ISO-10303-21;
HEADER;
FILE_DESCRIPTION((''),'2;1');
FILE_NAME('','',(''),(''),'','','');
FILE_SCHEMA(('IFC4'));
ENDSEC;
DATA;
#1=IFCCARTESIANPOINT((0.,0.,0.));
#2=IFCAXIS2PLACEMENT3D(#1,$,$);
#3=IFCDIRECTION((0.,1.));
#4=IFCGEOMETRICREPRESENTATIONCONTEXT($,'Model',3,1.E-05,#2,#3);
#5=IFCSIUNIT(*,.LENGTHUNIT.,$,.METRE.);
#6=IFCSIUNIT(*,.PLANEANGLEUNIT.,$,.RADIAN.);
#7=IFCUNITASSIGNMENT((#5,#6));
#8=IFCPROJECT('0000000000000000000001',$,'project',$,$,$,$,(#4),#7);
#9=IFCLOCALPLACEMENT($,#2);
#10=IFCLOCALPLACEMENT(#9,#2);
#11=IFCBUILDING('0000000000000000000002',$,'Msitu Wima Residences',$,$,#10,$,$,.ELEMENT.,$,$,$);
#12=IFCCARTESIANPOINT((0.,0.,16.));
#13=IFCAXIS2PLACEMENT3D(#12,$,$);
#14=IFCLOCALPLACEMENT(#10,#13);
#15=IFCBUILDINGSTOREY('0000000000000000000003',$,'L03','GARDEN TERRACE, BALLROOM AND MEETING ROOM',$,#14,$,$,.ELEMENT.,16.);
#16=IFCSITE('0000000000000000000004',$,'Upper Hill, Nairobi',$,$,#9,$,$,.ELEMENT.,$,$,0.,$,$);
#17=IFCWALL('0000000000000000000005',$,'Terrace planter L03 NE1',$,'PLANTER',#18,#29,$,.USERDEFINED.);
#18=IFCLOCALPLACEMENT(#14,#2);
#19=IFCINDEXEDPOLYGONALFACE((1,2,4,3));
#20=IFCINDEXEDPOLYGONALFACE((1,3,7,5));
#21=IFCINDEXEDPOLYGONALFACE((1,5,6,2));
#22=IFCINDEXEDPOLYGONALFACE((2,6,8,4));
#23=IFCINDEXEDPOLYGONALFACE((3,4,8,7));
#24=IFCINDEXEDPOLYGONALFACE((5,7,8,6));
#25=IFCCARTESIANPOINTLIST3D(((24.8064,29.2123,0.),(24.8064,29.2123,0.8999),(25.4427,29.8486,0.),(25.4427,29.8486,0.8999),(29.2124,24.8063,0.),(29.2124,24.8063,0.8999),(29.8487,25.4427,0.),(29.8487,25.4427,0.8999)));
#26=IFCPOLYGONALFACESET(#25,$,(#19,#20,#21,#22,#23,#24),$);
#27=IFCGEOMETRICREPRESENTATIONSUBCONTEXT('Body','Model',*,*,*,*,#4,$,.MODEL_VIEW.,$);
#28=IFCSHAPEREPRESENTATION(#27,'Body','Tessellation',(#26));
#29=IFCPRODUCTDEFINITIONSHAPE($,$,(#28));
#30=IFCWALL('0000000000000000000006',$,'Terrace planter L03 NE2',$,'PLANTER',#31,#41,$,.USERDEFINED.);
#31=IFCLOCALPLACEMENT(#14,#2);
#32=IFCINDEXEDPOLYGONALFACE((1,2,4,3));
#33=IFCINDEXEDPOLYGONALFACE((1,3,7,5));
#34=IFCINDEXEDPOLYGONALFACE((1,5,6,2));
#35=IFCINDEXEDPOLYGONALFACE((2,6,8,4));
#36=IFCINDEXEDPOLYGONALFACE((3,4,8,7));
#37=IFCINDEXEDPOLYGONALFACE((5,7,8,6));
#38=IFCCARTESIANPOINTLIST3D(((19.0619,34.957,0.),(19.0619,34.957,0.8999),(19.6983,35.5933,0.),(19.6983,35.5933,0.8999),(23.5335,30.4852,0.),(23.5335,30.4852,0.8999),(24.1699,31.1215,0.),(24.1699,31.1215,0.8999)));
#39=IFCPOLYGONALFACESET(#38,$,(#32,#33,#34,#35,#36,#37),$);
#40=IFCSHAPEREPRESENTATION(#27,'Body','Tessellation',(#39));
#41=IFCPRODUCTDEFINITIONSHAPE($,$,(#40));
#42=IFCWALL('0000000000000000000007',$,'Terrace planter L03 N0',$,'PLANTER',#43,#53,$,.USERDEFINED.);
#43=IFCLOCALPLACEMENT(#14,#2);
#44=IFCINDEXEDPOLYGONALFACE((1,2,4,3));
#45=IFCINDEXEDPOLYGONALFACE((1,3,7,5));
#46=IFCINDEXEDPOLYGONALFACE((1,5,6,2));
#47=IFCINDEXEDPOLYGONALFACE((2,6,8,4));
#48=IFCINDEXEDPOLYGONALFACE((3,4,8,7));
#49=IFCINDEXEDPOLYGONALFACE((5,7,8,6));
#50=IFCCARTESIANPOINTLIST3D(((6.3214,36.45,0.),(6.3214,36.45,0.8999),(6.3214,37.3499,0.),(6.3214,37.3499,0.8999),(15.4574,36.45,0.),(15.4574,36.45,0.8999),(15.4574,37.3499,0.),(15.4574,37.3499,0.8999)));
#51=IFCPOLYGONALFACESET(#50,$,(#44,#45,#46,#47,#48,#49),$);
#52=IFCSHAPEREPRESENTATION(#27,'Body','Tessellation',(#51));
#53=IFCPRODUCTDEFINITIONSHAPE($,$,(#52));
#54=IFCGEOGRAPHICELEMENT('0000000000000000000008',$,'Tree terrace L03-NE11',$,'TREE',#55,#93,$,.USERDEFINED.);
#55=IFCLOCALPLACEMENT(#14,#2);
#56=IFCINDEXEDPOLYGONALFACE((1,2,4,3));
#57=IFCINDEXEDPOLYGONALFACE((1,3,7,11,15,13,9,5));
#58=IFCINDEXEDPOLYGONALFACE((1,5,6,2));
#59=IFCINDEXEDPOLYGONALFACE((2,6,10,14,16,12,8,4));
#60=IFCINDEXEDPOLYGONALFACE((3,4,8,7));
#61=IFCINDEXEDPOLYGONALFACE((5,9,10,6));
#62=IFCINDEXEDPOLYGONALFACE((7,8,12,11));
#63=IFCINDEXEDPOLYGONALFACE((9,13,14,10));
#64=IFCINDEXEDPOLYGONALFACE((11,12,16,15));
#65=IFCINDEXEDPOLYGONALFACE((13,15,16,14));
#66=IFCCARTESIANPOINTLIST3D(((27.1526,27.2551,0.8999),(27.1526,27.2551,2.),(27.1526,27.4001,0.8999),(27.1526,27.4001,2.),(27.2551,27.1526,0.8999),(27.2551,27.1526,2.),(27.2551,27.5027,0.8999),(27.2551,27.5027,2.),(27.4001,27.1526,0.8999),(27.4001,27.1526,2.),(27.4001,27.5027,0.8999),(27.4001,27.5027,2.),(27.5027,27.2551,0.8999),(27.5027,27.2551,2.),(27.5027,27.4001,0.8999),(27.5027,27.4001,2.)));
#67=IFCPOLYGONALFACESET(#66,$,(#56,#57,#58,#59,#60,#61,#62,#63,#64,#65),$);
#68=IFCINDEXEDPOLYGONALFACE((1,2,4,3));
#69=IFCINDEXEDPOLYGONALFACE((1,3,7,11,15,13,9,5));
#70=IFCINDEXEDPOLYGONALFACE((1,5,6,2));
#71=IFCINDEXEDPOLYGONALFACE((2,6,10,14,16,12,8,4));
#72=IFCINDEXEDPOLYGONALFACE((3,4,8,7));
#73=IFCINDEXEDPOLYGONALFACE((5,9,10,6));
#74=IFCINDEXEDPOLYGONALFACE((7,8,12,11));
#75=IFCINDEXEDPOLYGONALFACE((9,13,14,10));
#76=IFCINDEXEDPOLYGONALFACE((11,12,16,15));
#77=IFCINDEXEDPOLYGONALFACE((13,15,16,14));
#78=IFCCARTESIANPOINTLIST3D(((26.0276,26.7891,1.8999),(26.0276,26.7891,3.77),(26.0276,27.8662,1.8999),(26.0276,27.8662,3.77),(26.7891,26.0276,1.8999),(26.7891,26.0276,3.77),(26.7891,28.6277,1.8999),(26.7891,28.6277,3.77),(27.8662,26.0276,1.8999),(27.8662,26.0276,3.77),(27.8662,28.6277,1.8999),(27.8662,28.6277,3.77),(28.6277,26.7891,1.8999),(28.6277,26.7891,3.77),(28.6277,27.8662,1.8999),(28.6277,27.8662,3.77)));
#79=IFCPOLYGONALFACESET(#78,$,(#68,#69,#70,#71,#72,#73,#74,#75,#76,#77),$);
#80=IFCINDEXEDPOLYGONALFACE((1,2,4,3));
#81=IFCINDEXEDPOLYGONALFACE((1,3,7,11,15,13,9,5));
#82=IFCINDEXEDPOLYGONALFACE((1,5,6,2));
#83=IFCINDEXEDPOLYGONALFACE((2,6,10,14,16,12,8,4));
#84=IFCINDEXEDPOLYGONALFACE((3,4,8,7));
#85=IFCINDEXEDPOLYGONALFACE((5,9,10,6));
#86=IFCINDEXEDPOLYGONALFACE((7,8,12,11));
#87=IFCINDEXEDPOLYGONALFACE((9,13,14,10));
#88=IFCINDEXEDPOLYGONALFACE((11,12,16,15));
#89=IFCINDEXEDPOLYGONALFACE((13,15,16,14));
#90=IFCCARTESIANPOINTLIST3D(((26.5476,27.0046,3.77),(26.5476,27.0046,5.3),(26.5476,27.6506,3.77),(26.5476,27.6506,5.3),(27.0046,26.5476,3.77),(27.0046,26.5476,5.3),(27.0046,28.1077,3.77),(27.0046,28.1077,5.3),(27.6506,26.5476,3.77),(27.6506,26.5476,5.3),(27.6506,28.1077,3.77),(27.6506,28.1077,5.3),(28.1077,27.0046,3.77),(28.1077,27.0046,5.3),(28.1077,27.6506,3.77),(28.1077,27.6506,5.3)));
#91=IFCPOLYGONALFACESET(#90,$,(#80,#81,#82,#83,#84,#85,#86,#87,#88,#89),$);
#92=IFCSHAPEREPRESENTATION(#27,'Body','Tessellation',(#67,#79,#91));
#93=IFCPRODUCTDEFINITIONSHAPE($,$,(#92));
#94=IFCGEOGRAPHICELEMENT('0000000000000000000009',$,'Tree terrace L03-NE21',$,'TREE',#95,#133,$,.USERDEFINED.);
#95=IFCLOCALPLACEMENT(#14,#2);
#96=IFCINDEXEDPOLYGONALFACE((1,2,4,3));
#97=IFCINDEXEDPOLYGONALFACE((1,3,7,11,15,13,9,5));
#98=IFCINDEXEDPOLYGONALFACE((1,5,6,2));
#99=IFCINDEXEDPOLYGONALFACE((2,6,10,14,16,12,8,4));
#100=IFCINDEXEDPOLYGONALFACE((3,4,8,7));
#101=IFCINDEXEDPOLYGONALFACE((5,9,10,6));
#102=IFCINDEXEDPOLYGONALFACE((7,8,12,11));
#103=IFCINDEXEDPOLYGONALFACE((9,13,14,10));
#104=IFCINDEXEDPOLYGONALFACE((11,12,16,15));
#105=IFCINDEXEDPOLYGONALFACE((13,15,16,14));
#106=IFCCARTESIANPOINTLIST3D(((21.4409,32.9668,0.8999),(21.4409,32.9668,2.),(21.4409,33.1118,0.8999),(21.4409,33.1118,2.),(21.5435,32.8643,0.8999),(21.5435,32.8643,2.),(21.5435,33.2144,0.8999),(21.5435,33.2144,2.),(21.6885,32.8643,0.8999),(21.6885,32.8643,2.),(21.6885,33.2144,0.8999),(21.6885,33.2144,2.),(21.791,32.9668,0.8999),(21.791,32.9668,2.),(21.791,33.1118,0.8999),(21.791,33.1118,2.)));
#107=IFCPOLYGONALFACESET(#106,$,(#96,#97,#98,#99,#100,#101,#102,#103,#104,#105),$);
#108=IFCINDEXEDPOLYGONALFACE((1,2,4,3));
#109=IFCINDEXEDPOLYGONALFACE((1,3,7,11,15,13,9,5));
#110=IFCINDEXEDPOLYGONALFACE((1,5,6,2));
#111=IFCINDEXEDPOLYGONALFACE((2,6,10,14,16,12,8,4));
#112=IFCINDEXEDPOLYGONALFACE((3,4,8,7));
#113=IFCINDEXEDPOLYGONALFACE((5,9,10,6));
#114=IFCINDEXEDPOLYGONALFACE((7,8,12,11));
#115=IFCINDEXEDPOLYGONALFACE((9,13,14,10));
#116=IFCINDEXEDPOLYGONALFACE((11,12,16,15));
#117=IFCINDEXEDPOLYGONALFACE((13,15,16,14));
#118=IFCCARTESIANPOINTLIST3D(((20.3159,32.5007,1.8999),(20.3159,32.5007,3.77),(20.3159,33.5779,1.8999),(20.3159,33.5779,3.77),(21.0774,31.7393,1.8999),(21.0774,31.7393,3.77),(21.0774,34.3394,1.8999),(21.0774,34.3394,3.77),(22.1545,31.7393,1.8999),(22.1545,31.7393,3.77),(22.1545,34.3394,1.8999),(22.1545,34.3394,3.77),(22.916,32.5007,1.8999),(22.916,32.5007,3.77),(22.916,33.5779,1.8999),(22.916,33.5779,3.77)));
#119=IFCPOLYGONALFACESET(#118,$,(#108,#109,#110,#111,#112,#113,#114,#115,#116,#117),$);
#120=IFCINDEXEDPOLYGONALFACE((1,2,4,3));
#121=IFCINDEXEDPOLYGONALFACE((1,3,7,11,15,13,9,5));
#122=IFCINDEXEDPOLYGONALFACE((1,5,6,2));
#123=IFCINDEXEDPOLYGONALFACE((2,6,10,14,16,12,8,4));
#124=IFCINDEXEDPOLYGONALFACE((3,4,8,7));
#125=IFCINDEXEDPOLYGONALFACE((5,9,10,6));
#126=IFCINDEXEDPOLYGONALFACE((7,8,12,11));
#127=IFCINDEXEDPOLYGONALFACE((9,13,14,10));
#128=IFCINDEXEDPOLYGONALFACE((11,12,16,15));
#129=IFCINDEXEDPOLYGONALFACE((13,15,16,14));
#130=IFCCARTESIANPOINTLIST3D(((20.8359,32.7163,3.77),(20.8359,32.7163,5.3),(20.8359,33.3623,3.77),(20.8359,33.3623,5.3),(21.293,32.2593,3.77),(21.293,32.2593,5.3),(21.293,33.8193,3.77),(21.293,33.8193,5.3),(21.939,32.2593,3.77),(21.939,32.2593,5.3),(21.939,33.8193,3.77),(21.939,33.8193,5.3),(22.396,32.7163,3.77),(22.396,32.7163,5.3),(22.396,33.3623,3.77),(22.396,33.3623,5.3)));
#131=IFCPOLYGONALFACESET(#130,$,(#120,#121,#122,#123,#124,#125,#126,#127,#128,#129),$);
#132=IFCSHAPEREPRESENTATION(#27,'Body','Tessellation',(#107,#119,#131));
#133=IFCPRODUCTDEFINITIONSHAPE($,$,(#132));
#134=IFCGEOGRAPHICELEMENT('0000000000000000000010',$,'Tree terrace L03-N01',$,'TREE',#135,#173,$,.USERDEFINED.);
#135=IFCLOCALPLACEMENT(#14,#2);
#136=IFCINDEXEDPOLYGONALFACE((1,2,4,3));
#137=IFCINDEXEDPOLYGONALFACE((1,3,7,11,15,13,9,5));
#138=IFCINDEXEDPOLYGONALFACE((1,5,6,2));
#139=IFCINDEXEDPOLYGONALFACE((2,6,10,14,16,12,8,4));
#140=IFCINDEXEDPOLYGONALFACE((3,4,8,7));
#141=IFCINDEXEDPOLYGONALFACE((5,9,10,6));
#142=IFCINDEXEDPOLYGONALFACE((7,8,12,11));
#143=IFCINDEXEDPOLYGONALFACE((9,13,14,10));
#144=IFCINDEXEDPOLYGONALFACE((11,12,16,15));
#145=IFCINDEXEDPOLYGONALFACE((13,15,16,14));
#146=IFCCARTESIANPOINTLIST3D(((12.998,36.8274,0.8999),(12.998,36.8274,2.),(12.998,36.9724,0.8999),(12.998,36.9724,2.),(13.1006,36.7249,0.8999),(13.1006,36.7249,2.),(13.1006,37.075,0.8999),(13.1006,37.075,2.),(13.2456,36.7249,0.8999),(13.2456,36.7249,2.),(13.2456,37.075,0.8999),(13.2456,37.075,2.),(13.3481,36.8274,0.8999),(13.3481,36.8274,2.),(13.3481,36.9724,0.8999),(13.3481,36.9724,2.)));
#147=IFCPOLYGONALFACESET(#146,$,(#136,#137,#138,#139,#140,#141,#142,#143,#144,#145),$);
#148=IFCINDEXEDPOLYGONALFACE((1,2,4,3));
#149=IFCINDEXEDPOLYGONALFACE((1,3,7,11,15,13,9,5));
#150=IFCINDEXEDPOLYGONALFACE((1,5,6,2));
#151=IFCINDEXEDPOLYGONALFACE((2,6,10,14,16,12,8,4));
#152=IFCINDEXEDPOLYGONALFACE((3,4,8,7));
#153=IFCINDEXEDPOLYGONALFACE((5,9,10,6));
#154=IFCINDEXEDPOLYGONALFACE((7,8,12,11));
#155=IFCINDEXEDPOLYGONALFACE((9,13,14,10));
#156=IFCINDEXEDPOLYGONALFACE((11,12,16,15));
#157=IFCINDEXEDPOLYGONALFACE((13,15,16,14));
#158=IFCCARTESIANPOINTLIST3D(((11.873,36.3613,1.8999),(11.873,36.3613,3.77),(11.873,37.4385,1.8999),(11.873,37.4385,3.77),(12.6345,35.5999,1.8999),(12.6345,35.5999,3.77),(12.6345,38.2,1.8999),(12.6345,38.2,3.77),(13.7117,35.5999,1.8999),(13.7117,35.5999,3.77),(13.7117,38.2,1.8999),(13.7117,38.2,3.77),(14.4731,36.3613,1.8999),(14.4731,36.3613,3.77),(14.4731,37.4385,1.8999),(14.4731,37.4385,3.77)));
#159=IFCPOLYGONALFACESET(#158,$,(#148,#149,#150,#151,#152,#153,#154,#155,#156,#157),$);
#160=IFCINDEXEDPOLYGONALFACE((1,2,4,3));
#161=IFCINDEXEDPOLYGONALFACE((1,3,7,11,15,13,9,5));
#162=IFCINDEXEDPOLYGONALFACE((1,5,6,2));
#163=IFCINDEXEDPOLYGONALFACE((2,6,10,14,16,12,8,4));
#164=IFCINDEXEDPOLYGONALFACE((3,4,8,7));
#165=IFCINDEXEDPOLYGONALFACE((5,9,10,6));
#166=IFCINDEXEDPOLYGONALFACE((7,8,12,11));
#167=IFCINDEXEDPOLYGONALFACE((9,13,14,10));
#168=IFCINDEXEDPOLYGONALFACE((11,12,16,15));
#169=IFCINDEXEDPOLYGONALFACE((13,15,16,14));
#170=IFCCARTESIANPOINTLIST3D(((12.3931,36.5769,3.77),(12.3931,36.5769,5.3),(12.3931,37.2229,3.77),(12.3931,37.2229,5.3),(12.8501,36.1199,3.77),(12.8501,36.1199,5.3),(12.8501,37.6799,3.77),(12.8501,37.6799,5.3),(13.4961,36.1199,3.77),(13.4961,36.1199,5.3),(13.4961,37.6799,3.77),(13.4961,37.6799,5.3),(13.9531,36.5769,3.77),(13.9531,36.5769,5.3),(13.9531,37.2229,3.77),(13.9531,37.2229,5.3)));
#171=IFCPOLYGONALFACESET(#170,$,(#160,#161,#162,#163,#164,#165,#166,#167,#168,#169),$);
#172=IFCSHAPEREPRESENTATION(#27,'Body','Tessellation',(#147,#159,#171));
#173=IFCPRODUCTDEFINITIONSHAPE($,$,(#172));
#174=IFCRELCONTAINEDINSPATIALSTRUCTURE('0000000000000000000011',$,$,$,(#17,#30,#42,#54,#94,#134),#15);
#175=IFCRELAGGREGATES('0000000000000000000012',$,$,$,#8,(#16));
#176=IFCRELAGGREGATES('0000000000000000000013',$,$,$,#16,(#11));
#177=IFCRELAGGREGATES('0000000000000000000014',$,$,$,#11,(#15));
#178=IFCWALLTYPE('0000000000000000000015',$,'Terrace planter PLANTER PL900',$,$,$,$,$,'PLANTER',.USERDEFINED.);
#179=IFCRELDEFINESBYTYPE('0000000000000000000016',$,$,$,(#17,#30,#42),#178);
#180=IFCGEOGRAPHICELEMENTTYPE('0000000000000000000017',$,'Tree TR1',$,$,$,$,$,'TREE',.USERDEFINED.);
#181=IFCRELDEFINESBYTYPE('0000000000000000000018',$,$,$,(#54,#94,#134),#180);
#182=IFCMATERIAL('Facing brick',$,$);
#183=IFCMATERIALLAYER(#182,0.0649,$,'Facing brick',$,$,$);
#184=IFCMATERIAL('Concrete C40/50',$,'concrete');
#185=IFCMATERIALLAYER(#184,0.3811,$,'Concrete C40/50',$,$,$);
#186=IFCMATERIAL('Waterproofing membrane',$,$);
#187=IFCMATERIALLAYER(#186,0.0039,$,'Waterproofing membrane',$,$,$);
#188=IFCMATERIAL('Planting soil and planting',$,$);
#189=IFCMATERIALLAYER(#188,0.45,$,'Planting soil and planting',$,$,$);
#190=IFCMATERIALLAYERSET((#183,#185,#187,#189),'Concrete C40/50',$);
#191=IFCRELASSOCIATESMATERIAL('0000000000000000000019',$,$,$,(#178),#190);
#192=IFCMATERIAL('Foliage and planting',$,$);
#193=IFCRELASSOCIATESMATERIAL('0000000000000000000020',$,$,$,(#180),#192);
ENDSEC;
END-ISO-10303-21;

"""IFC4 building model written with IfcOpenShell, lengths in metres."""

from ifc_helpers import new_model, si_unit, direction, frame, frame_2d, origin, place, context, subcontext, project, spatial, polyline, rectangle, outline, extrude, material, layer, layer_set, type_object, element, save


model = new_model("IFC4")

# Units and contexts
model_context = context("Model", 3, precision=1e-05, world=origin(), true_north=direction((0.0, 1.0)))
body_context = subcontext(model_context, "Body", "Model", "MODEL_VIEW")
ifc_project = project(units=[si_unit("LENGTHUNIT", "METRE"), si_unit("PLANEANGLEUNIT", "RADIAN")], contexts=[model_context])

# Site, building, storey
site_placement = place(None, origin())
site = spatial("IfcSite", under=ifc_project, at=site_placement, Name="Upper Hill, Nairobi", CompositionType="ELEMENT", RefElevation=0.0)
building_placement = place(site_placement, origin())
building = spatial("IfcBuilding", under=site, at=building_placement, Name="Msitu Wima Residences", CompositionType="ELEMENT")
storey_placement = place(building_placement, frame((0.0, 0.0, 16.0)))
storey = spatial("IfcBuildingStorey", under=building, at=storey_placement, Name="L03", Description="GARDEN TERRACE, BALLROOM AND MEETING ROOM", CompositionType="ELEMENT", Elevation=16.0)

# Walls
ifc_material_1 = material(Name="Facing brick")
ifc_layer_1 = layer(ifc_material_1, 0.0649, Name="Facing brick")
ifc_material_2 = material(Name="Concrete C40/50", Category="concrete")
ifc_layer_2 = layer(ifc_material_2, 0.3811, Name="Concrete C40/50")
ifc_material_3 = material(Name="Waterproofing membrane")
ifc_layer_3 = layer(ifc_material_3, 0.0039, Name="Waterproofing membrane")
ifc_material_4 = material(Name="Planting soil and planting")
ifc_layer_4 = layer(ifc_material_4, 0.45, Name="Planting soil and planting")
ifc_layer_set_1 = layer_set([ifc_layer_1, ifc_layer_2, ifc_layer_3, ifc_layer_4], Name="Concrete C40/50")
wall_type_1 = type_object("IfcWallType", Name="Terrace planter PLANTER PL900", ElementType="PLANTER", PredefinedType="USERDEFINED", material=ifc_layer_set_1)
wall_1_placement = place(storey_placement, frame((29.5305, 25.1245, 0.0), z_axis=(0.0, 0.0, 1.0), x_axis=(-0.707107, 0.707107, 0.0)))
element("IfcWall", 1, at=wall_1_placement, inside=storey, type_object=wall_type_1, Name="Terrace planter L03 NE1", ObjectType="PLANTER", PredefinedType="USERDEFINED", context=body_context, shape_type="SweptSolid", body=[
    extrude(rectangle(XDim=6.231, YDim=0.8999, at=frame_2d((3.1155, 0.0))), origin(), (0.0, 0.0, 1.0), 0.8999),
])
wall_2_placement = place(storey_placement, frame((23.8518, 30.8032, 0.0), z_axis=(0.0, 0.0, 1.0), x_axis=(-0.707087, 0.707126, 0.0)))
element("IfcWall", 2, at=wall_2_placement, inside=storey, type_object=wall_type_1, Name="Terrace planter L03 NE2", ObjectType="PLANTER", PredefinedType="USERDEFINED", context=body_context, shape_type="SweptSolid", body=[
    extrude(rectangle(XDim=6.324, YDim=0.8999, at=frame_2d((3.1621, 0.0))), origin(), (0.0, 0.0, 1.0), 0.8999),
])
wall_3_placement = place(storey_placement, frame((15.4573, 36.8999, 0.0), z_axis=(0.0, 0.0, 1.0), x_axis=(-1.0, 0.0, 0.0)))
element("IfcWall", 3, at=wall_3_placement, inside=storey, type_object=wall_type_1, Name="Terrace planter L03 N0", ObjectType="PLANTER", PredefinedType="USERDEFINED", context=body_context, shape_type="SweptSolid", body=[
    extrude(rectangle(XDim=9.136, YDim=0.8999, at=frame_2d((4.5679, 0.0))), origin(), (0.0, 0.0, 1.0), 0.8999),
])

# Geographic elements
ifc_material_5 = material(Name="Foliage and planting")
geographic_element_type = type_object("IfcGeographicElementType", Name="Tree TR1", ElementType="TREE", PredefinedType="USERDEFINED", material=ifc_material_5)
for number, where, z_axis, x_axis, name in (
    (4, (27.3276, 27.3276, 0.8999), (0.0, 0.0, 1.0), (1.0, 0.0, 0.0), "Tree terrace L03-NE11"),
    (5, (21.616, 33.0393, 0.8999), (0.0, 0.0, 1.0), (1.0, 0.0, 0.0), "Tree terrace L03-NE21"),
    (6, (13.1731, 36.8999, 0.8999), (0.0, 0.0, 1.0), (1.0, 0.0, 0.0), "Tree terrace L03-N01"),
):
    element("IfcGeographicElement", number, at=place(storey_placement, frame(where, z_axis=z_axis, x_axis=x_axis)), inside=storey, type_object=geographic_element_type, Name=name, ObjectType="TREE", PredefinedType="USERDEFINED", context=body_context, shape_type="SweptSolid", body=[
        extrude(outline(polyline([(0.175, 0.0725), (0.0725, 0.175), (-0.0725, 0.175), (-0.175, 0.0725), (-0.175, -0.0725), (-0.0725, -0.175), (0.0725, -0.175), (0.175, -0.0725), (0.175, 0.0725)])), origin(), (0.0, 0.0, 1.0), 1.1001),
        extrude(outline(polyline([(1.3, 0.5386), (0.5386, 1.3), (-0.5386, 1.3), (-1.3, 0.5386), (-1.3, -0.5386), (-0.5386, -1.3), (0.5386, -1.3), (1.3, -0.5386), (1.3, 0.5386)])), frame((0.0, 0.0, 1.0)), (0.0, 0.0, 1.0), 1.8701),
        extrude(outline(polyline([(0.78, 0.323), (0.323, 0.78), (-0.323, 0.78), (-0.78, 0.323), (-0.78, -0.323), (-0.323, -0.78), (0.323, -0.78), (0.78, -0.323), (0.78, 0.323)])), frame((0.0, 0.0, 2.8701)), (0.0, 0.0, 1.0), 1.53),
    ])

save(model, "model.ifc")
